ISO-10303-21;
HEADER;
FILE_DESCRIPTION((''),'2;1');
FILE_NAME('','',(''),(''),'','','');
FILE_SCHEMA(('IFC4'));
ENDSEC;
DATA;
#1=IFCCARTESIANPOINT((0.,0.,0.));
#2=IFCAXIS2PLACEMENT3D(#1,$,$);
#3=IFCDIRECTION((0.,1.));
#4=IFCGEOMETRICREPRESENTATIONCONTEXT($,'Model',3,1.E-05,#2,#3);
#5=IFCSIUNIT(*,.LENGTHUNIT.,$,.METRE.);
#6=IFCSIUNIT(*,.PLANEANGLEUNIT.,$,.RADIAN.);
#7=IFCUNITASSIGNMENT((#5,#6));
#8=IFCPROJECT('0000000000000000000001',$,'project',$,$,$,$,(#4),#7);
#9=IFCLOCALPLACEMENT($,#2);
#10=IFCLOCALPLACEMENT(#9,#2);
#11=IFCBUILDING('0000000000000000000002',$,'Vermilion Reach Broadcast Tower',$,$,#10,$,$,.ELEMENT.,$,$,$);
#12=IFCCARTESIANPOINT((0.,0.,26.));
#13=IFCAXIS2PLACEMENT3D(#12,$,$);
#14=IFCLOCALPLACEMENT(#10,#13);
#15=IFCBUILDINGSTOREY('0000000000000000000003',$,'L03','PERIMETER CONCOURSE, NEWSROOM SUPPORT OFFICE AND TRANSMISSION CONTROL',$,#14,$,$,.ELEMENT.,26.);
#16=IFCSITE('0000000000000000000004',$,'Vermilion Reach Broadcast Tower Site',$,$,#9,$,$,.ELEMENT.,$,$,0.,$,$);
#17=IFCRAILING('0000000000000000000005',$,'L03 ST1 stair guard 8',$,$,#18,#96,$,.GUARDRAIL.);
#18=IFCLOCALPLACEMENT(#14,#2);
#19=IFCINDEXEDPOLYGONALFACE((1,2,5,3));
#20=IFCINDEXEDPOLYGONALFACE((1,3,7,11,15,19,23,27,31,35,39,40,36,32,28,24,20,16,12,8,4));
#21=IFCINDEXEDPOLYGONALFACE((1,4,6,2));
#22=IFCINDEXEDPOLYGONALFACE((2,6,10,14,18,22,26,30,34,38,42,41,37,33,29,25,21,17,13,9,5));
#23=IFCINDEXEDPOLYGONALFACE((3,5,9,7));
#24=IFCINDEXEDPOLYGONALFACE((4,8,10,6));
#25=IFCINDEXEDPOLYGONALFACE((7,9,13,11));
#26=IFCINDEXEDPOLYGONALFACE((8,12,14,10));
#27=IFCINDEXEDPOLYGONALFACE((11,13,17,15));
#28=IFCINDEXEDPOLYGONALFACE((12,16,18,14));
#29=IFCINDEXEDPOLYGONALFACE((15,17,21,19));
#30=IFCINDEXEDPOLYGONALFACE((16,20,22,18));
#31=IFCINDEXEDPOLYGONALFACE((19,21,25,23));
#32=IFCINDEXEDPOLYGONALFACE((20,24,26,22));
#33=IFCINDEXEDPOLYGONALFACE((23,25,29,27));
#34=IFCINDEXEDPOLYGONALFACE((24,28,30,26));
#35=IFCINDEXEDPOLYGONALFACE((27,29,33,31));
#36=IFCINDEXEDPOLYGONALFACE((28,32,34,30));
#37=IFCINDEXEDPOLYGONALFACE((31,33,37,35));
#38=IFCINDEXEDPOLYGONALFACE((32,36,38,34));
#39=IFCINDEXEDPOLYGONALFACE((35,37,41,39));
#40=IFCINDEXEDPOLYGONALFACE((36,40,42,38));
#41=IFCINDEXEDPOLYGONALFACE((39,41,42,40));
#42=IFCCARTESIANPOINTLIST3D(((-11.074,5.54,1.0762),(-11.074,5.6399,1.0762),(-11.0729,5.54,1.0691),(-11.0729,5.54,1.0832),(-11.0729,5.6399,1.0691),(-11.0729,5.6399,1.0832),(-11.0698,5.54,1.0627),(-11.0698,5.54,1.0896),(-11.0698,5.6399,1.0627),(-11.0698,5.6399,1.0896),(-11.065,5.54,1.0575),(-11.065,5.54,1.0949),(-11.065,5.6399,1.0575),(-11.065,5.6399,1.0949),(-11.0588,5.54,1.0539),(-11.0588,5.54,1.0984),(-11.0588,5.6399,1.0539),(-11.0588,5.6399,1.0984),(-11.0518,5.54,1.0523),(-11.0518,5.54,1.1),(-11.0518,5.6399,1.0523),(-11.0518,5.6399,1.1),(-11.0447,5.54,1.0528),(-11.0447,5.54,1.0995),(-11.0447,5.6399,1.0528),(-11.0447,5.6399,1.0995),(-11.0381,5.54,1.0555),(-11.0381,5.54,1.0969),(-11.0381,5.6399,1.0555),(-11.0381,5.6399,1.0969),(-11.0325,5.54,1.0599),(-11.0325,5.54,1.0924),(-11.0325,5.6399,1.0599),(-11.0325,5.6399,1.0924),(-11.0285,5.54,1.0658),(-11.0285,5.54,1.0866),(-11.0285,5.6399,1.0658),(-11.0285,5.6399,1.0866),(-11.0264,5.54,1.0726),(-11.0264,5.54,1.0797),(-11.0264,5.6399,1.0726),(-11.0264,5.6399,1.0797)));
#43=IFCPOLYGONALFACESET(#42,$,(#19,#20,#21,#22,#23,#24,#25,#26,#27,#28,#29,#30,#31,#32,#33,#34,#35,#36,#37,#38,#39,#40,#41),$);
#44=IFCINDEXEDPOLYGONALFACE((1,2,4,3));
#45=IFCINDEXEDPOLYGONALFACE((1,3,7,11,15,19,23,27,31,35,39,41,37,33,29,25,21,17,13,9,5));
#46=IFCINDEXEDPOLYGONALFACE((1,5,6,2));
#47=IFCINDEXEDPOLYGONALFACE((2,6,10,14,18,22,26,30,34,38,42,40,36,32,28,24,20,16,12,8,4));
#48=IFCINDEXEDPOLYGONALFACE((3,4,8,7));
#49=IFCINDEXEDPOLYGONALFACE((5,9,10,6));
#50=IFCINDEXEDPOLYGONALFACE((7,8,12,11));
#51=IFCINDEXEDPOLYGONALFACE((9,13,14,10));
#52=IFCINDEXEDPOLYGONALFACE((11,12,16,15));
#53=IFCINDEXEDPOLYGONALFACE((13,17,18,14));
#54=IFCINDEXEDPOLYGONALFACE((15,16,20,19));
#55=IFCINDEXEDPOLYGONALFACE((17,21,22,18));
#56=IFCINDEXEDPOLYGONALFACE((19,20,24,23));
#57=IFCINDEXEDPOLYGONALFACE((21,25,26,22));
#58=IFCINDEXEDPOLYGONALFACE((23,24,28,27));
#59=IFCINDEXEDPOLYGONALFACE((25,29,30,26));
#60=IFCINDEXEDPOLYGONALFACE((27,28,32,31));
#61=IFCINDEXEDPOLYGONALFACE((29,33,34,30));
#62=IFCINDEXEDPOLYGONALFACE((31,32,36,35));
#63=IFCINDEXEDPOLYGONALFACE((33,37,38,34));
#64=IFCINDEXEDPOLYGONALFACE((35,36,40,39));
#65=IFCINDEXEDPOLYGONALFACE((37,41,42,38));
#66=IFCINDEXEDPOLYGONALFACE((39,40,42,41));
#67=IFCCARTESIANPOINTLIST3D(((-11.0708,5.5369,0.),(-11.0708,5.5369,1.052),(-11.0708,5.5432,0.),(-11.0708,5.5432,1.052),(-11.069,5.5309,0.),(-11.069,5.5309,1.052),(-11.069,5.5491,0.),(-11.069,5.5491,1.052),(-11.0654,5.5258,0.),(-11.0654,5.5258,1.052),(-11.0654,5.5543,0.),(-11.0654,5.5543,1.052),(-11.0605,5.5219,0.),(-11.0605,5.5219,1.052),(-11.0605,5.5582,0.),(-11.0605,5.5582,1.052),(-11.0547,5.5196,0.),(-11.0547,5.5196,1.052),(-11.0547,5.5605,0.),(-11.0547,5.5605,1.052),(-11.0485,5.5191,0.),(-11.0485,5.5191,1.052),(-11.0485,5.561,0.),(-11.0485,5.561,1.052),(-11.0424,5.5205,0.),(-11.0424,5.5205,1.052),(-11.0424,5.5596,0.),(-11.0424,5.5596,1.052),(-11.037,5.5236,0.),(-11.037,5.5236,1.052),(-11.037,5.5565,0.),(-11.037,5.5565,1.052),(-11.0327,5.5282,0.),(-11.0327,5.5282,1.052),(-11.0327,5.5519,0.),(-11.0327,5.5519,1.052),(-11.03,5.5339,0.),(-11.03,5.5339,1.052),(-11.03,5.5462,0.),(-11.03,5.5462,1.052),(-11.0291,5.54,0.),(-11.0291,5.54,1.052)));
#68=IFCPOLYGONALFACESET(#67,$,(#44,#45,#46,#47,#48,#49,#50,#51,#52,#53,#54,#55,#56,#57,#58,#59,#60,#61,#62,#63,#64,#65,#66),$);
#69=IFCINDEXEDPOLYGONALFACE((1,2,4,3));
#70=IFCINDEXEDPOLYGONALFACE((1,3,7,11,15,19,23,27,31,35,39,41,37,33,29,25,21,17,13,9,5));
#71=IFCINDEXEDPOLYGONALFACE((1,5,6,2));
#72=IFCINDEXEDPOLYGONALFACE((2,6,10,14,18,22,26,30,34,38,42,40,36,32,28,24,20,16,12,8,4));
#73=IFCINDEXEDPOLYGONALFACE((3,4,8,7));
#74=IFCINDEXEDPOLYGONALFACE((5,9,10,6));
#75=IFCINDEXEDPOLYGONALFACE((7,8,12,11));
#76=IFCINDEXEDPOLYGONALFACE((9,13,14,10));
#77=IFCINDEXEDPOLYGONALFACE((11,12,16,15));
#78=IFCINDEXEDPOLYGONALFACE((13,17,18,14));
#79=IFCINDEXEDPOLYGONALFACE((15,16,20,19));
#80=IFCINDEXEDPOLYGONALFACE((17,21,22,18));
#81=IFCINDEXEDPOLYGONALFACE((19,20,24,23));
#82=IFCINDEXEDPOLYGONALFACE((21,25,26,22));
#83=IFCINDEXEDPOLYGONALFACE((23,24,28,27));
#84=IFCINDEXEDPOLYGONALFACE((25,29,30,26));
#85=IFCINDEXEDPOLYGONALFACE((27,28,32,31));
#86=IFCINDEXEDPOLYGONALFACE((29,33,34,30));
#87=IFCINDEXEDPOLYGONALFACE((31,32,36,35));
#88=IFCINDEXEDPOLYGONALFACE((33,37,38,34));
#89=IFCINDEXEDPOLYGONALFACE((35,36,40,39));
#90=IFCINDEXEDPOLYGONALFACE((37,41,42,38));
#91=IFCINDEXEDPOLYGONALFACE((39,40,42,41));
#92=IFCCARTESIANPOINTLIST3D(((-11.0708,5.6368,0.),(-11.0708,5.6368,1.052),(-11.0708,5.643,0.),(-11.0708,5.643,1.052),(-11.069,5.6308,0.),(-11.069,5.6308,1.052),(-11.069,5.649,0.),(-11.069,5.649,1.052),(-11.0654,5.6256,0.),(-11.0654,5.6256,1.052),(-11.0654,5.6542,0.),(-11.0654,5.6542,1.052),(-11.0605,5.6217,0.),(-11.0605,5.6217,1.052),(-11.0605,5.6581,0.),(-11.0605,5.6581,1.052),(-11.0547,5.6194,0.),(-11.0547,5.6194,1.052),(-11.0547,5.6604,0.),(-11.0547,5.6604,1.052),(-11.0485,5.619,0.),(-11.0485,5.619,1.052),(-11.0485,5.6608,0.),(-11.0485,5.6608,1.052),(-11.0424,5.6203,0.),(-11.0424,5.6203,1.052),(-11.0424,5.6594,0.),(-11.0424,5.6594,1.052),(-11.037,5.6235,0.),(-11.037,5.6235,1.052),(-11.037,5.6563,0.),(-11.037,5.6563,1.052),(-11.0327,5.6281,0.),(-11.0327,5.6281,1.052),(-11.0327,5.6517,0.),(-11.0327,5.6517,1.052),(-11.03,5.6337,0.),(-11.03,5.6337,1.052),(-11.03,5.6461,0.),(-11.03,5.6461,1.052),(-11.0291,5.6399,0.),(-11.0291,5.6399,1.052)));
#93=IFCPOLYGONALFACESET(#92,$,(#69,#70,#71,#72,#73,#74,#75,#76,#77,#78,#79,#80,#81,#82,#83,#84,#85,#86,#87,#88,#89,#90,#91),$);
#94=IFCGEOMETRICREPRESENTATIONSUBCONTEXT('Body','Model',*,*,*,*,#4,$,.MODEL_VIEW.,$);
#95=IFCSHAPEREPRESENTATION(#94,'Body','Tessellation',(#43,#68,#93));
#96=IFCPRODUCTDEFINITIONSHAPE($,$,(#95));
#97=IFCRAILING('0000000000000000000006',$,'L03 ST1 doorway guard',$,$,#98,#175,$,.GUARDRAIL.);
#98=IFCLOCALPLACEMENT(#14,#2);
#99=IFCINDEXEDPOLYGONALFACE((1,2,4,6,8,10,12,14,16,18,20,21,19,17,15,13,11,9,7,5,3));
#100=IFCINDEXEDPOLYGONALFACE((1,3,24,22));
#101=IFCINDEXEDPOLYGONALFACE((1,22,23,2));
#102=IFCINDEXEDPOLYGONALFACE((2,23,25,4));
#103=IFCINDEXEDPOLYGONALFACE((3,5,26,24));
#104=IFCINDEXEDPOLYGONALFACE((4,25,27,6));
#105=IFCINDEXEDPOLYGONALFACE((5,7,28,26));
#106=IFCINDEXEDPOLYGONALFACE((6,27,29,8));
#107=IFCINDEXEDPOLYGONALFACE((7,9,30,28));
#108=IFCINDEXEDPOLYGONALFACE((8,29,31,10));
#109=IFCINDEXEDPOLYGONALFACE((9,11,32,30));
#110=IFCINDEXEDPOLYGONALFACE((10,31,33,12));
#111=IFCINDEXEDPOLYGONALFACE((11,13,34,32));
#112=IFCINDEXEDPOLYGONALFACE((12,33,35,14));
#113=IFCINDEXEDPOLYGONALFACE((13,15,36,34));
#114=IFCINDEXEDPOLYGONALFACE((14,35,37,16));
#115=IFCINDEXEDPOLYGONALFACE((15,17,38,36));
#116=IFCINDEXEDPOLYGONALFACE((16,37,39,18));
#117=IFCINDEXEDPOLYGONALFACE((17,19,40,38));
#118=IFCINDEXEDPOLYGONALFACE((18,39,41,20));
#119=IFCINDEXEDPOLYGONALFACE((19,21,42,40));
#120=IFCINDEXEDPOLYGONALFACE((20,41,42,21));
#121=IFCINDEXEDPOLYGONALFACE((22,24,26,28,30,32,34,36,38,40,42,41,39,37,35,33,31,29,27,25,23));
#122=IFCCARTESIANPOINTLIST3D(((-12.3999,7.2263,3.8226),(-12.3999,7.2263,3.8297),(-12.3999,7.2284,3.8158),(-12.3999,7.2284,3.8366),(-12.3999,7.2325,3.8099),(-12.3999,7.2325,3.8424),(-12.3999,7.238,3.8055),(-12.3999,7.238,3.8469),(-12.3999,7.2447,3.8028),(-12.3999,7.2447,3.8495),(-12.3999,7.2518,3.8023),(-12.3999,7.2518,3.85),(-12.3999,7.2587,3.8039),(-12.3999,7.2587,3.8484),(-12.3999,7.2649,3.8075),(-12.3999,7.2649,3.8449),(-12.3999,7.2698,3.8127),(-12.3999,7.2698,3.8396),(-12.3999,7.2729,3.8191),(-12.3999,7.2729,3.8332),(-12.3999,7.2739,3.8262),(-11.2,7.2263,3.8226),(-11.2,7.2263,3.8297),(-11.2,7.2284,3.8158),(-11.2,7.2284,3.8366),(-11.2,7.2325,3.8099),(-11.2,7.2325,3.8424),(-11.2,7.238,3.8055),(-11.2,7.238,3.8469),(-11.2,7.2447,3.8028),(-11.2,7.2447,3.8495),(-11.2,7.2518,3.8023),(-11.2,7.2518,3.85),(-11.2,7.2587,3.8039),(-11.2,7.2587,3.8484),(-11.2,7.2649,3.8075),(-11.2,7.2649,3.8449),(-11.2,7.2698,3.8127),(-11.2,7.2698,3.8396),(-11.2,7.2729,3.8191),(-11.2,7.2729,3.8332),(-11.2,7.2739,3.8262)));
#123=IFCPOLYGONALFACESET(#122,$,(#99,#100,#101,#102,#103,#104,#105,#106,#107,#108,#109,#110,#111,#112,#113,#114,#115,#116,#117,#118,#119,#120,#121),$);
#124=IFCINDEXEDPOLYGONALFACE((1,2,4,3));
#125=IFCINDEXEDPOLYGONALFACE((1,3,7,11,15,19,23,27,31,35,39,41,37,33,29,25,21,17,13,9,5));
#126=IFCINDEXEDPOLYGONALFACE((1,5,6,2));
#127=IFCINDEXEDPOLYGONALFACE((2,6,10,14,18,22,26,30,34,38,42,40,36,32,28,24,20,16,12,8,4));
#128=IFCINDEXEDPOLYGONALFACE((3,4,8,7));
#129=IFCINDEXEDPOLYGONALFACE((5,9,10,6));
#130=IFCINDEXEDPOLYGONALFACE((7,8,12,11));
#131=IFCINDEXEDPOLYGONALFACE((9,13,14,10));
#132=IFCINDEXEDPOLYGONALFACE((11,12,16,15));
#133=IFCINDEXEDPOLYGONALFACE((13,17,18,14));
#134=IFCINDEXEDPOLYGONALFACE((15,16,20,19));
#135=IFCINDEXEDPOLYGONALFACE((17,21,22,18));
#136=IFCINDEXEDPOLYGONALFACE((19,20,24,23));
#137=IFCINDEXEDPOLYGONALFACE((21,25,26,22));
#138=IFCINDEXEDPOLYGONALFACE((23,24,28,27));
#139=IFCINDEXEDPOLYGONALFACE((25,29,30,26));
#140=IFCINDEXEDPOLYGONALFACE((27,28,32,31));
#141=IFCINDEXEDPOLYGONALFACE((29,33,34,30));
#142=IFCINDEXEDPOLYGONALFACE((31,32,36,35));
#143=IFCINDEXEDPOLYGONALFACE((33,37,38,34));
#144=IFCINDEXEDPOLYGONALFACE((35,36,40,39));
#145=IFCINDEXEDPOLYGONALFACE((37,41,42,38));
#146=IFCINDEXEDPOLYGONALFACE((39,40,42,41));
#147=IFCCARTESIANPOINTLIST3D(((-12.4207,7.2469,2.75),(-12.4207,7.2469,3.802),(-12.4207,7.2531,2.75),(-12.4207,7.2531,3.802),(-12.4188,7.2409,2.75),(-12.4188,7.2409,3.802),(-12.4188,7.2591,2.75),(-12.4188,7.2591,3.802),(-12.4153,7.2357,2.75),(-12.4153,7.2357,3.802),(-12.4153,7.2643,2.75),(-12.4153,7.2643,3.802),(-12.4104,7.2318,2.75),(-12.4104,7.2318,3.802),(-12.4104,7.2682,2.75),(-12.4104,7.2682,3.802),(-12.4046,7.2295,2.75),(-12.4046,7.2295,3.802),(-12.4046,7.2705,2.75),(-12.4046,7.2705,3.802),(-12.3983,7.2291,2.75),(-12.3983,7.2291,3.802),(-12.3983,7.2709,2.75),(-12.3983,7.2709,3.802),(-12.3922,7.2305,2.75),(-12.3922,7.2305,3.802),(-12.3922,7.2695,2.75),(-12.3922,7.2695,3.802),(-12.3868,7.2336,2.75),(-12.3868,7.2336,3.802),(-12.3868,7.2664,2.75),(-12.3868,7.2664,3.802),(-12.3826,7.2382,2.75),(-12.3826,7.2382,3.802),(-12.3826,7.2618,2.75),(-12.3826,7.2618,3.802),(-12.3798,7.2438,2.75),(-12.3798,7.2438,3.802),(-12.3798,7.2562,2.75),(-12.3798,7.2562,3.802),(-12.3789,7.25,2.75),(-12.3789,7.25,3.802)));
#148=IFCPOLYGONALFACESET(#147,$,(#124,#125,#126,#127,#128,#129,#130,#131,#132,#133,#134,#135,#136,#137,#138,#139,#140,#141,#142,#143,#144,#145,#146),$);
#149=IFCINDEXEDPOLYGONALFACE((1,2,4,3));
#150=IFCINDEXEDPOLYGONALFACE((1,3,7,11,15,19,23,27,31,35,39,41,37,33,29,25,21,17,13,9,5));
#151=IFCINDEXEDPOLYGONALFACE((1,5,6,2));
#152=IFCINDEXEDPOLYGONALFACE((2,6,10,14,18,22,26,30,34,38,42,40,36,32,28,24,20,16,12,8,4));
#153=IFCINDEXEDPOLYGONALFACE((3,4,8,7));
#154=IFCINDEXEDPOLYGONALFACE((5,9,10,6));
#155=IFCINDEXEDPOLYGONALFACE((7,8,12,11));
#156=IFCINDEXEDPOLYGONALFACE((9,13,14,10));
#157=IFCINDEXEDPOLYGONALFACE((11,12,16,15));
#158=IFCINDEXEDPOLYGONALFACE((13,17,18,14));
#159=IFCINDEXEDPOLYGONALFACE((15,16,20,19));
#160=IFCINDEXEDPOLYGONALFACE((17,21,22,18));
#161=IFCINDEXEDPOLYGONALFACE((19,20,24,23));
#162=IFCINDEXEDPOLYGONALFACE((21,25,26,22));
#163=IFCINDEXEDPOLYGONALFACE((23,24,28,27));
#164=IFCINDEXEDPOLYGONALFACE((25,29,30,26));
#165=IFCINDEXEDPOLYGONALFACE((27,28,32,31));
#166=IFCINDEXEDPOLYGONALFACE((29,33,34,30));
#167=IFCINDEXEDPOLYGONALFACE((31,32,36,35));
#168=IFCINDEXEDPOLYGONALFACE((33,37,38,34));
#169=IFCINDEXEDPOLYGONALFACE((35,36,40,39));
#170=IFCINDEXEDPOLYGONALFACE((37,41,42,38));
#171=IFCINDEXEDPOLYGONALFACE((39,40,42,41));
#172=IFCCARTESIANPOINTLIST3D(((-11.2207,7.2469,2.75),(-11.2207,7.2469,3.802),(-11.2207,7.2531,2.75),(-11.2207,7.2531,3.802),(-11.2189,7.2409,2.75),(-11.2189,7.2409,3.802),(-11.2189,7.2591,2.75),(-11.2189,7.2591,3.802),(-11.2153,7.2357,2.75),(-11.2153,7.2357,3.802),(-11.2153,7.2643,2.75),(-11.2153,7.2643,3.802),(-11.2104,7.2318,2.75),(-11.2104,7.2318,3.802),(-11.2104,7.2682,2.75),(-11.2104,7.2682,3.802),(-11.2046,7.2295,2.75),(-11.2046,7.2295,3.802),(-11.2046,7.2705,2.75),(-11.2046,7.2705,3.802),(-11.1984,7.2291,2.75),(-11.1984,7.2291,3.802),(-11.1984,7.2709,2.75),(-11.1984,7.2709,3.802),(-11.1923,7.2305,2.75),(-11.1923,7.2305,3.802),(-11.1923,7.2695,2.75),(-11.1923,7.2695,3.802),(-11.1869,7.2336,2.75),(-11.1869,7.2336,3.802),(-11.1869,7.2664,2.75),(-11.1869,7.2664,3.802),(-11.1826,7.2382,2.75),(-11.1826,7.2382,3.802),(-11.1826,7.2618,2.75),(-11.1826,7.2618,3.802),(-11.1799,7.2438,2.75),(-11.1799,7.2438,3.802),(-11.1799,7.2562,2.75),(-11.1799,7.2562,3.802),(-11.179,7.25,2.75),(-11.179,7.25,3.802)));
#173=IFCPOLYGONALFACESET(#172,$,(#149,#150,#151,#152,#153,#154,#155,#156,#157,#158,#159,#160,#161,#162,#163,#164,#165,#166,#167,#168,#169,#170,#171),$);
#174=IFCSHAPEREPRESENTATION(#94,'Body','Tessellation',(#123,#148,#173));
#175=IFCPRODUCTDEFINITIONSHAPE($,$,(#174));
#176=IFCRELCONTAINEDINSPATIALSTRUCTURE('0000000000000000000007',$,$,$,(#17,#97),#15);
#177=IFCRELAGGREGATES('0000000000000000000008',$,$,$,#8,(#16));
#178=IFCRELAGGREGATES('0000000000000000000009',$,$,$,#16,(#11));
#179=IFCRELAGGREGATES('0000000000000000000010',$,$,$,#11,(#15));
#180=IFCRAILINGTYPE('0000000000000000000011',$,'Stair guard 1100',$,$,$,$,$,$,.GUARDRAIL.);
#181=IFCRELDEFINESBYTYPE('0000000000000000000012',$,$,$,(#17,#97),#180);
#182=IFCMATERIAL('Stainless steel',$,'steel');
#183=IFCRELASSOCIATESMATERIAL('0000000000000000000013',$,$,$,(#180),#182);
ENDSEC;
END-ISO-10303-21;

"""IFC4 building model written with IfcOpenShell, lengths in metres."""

from ifc_helpers import new_model, si_unit, direction, frame, origin, origin_2d, place, context, subcontext, project, spatial, circle, extrude, material, type_object, element, save


model = new_model("IFC4")

# Units and contexts
model_context = context("Model", 3, precision=1e-05, world=origin(), true_north=direction((0.0, 1.0)))
body_context = subcontext(model_context, "Body", "Model", "MODEL_VIEW")
ifc_project = project(units=[si_unit("LENGTHUNIT", "METRE"), si_unit("PLANEANGLEUNIT", "RADIAN")], contexts=[model_context])

# Site, building, storey
site_placement = place(None, origin())
site = spatial("IfcSite", under=ifc_project, at=site_placement, Name="Vermilion Reach Broadcast Tower Site", CompositionType="ELEMENT", RefElevation=0.0)
building_placement = place(site_placement, origin())
building = spatial("IfcBuilding", under=site, at=building_placement, Name="Vermilion Reach Broadcast Tower", CompositionType="ELEMENT")
storey_placement = place(building_placement, frame((0.0, 0.0, 26.0)))
storey = spatial("IfcBuildingStorey", under=building, at=storey_placement, Name="L03", Description="PERIMETER CONCOURSE, NEWSROOM SUPPORT OFFICE AND TRANSMISSION CONTROL", CompositionType="ELEMENT", Elevation=26.0)

# Railings
ifc_material_1 = material(Name="Stainless steel", Category="steel")
railing_type_1 = type_object("IfcRailingType", Name="Stair guard 1100", PredefinedType="GUARDRAIL", material=ifc_material_1)
railing_1_placement = place(storey_placement, frame((-11.05, 5.54, 0.0)))
element("IfcRailing", 1, at=railing_1_placement, inside=storey, type_object=railing_type_1, Name="L03 ST1 stair guard 8", PredefinedType="GUARDRAIL", context=body_context, shape_type="SweptSolid", body=[
    extrude(circle(Radius=0.0239, at=origin_2d()), frame((0.0, 0.0, 1.0762), z_axis=(0.0, 1.0, 0.0), x_axis=(-1.0, 0.0, 0.0)), (0.0, 0.0, 1.0), 0.0999),
    extrude(circle(Radius=0.021, at=origin_2d()), origin(), (0.0, 0.0, 1.0), 1.052),
    extrude(circle(Radius=0.021, at=origin_2d()), frame((0.0, 0.0999, 0.0)), (0.0, 0.0, 1.0), 1.052),
])
railing_2_placement = place(storey_placement, frame((-12.3999, 7.25, 2.75)))
element("IfcRailing", 2, at=railing_2_placement, inside=storey, type_object=railing_type_1, Name="L03 ST1 doorway guard", PredefinedType="GUARDRAIL", context=body_context, shape_type="SweptSolid", body=[
    extrude(circle(Radius=0.0239, at=origin_2d()), frame((0.0, 0.0, 1.0762), z_axis=(1.0, 0.0, 0.0), x_axis=(0.0, 1.0, 0.0)), (0.0, 0.0, 1.0), 1.2),
    extrude(circle(Radius=0.021, at=origin_2d()), origin(), (0.0, 0.0, 1.0), 1.052),
    extrude(circle(Radius=0.021, at=origin_2d()), frame((1.2, 0.0, 0.0)), (0.0, 0.0, 1.0), 1.052),
])

save(model, "model.ifc")
